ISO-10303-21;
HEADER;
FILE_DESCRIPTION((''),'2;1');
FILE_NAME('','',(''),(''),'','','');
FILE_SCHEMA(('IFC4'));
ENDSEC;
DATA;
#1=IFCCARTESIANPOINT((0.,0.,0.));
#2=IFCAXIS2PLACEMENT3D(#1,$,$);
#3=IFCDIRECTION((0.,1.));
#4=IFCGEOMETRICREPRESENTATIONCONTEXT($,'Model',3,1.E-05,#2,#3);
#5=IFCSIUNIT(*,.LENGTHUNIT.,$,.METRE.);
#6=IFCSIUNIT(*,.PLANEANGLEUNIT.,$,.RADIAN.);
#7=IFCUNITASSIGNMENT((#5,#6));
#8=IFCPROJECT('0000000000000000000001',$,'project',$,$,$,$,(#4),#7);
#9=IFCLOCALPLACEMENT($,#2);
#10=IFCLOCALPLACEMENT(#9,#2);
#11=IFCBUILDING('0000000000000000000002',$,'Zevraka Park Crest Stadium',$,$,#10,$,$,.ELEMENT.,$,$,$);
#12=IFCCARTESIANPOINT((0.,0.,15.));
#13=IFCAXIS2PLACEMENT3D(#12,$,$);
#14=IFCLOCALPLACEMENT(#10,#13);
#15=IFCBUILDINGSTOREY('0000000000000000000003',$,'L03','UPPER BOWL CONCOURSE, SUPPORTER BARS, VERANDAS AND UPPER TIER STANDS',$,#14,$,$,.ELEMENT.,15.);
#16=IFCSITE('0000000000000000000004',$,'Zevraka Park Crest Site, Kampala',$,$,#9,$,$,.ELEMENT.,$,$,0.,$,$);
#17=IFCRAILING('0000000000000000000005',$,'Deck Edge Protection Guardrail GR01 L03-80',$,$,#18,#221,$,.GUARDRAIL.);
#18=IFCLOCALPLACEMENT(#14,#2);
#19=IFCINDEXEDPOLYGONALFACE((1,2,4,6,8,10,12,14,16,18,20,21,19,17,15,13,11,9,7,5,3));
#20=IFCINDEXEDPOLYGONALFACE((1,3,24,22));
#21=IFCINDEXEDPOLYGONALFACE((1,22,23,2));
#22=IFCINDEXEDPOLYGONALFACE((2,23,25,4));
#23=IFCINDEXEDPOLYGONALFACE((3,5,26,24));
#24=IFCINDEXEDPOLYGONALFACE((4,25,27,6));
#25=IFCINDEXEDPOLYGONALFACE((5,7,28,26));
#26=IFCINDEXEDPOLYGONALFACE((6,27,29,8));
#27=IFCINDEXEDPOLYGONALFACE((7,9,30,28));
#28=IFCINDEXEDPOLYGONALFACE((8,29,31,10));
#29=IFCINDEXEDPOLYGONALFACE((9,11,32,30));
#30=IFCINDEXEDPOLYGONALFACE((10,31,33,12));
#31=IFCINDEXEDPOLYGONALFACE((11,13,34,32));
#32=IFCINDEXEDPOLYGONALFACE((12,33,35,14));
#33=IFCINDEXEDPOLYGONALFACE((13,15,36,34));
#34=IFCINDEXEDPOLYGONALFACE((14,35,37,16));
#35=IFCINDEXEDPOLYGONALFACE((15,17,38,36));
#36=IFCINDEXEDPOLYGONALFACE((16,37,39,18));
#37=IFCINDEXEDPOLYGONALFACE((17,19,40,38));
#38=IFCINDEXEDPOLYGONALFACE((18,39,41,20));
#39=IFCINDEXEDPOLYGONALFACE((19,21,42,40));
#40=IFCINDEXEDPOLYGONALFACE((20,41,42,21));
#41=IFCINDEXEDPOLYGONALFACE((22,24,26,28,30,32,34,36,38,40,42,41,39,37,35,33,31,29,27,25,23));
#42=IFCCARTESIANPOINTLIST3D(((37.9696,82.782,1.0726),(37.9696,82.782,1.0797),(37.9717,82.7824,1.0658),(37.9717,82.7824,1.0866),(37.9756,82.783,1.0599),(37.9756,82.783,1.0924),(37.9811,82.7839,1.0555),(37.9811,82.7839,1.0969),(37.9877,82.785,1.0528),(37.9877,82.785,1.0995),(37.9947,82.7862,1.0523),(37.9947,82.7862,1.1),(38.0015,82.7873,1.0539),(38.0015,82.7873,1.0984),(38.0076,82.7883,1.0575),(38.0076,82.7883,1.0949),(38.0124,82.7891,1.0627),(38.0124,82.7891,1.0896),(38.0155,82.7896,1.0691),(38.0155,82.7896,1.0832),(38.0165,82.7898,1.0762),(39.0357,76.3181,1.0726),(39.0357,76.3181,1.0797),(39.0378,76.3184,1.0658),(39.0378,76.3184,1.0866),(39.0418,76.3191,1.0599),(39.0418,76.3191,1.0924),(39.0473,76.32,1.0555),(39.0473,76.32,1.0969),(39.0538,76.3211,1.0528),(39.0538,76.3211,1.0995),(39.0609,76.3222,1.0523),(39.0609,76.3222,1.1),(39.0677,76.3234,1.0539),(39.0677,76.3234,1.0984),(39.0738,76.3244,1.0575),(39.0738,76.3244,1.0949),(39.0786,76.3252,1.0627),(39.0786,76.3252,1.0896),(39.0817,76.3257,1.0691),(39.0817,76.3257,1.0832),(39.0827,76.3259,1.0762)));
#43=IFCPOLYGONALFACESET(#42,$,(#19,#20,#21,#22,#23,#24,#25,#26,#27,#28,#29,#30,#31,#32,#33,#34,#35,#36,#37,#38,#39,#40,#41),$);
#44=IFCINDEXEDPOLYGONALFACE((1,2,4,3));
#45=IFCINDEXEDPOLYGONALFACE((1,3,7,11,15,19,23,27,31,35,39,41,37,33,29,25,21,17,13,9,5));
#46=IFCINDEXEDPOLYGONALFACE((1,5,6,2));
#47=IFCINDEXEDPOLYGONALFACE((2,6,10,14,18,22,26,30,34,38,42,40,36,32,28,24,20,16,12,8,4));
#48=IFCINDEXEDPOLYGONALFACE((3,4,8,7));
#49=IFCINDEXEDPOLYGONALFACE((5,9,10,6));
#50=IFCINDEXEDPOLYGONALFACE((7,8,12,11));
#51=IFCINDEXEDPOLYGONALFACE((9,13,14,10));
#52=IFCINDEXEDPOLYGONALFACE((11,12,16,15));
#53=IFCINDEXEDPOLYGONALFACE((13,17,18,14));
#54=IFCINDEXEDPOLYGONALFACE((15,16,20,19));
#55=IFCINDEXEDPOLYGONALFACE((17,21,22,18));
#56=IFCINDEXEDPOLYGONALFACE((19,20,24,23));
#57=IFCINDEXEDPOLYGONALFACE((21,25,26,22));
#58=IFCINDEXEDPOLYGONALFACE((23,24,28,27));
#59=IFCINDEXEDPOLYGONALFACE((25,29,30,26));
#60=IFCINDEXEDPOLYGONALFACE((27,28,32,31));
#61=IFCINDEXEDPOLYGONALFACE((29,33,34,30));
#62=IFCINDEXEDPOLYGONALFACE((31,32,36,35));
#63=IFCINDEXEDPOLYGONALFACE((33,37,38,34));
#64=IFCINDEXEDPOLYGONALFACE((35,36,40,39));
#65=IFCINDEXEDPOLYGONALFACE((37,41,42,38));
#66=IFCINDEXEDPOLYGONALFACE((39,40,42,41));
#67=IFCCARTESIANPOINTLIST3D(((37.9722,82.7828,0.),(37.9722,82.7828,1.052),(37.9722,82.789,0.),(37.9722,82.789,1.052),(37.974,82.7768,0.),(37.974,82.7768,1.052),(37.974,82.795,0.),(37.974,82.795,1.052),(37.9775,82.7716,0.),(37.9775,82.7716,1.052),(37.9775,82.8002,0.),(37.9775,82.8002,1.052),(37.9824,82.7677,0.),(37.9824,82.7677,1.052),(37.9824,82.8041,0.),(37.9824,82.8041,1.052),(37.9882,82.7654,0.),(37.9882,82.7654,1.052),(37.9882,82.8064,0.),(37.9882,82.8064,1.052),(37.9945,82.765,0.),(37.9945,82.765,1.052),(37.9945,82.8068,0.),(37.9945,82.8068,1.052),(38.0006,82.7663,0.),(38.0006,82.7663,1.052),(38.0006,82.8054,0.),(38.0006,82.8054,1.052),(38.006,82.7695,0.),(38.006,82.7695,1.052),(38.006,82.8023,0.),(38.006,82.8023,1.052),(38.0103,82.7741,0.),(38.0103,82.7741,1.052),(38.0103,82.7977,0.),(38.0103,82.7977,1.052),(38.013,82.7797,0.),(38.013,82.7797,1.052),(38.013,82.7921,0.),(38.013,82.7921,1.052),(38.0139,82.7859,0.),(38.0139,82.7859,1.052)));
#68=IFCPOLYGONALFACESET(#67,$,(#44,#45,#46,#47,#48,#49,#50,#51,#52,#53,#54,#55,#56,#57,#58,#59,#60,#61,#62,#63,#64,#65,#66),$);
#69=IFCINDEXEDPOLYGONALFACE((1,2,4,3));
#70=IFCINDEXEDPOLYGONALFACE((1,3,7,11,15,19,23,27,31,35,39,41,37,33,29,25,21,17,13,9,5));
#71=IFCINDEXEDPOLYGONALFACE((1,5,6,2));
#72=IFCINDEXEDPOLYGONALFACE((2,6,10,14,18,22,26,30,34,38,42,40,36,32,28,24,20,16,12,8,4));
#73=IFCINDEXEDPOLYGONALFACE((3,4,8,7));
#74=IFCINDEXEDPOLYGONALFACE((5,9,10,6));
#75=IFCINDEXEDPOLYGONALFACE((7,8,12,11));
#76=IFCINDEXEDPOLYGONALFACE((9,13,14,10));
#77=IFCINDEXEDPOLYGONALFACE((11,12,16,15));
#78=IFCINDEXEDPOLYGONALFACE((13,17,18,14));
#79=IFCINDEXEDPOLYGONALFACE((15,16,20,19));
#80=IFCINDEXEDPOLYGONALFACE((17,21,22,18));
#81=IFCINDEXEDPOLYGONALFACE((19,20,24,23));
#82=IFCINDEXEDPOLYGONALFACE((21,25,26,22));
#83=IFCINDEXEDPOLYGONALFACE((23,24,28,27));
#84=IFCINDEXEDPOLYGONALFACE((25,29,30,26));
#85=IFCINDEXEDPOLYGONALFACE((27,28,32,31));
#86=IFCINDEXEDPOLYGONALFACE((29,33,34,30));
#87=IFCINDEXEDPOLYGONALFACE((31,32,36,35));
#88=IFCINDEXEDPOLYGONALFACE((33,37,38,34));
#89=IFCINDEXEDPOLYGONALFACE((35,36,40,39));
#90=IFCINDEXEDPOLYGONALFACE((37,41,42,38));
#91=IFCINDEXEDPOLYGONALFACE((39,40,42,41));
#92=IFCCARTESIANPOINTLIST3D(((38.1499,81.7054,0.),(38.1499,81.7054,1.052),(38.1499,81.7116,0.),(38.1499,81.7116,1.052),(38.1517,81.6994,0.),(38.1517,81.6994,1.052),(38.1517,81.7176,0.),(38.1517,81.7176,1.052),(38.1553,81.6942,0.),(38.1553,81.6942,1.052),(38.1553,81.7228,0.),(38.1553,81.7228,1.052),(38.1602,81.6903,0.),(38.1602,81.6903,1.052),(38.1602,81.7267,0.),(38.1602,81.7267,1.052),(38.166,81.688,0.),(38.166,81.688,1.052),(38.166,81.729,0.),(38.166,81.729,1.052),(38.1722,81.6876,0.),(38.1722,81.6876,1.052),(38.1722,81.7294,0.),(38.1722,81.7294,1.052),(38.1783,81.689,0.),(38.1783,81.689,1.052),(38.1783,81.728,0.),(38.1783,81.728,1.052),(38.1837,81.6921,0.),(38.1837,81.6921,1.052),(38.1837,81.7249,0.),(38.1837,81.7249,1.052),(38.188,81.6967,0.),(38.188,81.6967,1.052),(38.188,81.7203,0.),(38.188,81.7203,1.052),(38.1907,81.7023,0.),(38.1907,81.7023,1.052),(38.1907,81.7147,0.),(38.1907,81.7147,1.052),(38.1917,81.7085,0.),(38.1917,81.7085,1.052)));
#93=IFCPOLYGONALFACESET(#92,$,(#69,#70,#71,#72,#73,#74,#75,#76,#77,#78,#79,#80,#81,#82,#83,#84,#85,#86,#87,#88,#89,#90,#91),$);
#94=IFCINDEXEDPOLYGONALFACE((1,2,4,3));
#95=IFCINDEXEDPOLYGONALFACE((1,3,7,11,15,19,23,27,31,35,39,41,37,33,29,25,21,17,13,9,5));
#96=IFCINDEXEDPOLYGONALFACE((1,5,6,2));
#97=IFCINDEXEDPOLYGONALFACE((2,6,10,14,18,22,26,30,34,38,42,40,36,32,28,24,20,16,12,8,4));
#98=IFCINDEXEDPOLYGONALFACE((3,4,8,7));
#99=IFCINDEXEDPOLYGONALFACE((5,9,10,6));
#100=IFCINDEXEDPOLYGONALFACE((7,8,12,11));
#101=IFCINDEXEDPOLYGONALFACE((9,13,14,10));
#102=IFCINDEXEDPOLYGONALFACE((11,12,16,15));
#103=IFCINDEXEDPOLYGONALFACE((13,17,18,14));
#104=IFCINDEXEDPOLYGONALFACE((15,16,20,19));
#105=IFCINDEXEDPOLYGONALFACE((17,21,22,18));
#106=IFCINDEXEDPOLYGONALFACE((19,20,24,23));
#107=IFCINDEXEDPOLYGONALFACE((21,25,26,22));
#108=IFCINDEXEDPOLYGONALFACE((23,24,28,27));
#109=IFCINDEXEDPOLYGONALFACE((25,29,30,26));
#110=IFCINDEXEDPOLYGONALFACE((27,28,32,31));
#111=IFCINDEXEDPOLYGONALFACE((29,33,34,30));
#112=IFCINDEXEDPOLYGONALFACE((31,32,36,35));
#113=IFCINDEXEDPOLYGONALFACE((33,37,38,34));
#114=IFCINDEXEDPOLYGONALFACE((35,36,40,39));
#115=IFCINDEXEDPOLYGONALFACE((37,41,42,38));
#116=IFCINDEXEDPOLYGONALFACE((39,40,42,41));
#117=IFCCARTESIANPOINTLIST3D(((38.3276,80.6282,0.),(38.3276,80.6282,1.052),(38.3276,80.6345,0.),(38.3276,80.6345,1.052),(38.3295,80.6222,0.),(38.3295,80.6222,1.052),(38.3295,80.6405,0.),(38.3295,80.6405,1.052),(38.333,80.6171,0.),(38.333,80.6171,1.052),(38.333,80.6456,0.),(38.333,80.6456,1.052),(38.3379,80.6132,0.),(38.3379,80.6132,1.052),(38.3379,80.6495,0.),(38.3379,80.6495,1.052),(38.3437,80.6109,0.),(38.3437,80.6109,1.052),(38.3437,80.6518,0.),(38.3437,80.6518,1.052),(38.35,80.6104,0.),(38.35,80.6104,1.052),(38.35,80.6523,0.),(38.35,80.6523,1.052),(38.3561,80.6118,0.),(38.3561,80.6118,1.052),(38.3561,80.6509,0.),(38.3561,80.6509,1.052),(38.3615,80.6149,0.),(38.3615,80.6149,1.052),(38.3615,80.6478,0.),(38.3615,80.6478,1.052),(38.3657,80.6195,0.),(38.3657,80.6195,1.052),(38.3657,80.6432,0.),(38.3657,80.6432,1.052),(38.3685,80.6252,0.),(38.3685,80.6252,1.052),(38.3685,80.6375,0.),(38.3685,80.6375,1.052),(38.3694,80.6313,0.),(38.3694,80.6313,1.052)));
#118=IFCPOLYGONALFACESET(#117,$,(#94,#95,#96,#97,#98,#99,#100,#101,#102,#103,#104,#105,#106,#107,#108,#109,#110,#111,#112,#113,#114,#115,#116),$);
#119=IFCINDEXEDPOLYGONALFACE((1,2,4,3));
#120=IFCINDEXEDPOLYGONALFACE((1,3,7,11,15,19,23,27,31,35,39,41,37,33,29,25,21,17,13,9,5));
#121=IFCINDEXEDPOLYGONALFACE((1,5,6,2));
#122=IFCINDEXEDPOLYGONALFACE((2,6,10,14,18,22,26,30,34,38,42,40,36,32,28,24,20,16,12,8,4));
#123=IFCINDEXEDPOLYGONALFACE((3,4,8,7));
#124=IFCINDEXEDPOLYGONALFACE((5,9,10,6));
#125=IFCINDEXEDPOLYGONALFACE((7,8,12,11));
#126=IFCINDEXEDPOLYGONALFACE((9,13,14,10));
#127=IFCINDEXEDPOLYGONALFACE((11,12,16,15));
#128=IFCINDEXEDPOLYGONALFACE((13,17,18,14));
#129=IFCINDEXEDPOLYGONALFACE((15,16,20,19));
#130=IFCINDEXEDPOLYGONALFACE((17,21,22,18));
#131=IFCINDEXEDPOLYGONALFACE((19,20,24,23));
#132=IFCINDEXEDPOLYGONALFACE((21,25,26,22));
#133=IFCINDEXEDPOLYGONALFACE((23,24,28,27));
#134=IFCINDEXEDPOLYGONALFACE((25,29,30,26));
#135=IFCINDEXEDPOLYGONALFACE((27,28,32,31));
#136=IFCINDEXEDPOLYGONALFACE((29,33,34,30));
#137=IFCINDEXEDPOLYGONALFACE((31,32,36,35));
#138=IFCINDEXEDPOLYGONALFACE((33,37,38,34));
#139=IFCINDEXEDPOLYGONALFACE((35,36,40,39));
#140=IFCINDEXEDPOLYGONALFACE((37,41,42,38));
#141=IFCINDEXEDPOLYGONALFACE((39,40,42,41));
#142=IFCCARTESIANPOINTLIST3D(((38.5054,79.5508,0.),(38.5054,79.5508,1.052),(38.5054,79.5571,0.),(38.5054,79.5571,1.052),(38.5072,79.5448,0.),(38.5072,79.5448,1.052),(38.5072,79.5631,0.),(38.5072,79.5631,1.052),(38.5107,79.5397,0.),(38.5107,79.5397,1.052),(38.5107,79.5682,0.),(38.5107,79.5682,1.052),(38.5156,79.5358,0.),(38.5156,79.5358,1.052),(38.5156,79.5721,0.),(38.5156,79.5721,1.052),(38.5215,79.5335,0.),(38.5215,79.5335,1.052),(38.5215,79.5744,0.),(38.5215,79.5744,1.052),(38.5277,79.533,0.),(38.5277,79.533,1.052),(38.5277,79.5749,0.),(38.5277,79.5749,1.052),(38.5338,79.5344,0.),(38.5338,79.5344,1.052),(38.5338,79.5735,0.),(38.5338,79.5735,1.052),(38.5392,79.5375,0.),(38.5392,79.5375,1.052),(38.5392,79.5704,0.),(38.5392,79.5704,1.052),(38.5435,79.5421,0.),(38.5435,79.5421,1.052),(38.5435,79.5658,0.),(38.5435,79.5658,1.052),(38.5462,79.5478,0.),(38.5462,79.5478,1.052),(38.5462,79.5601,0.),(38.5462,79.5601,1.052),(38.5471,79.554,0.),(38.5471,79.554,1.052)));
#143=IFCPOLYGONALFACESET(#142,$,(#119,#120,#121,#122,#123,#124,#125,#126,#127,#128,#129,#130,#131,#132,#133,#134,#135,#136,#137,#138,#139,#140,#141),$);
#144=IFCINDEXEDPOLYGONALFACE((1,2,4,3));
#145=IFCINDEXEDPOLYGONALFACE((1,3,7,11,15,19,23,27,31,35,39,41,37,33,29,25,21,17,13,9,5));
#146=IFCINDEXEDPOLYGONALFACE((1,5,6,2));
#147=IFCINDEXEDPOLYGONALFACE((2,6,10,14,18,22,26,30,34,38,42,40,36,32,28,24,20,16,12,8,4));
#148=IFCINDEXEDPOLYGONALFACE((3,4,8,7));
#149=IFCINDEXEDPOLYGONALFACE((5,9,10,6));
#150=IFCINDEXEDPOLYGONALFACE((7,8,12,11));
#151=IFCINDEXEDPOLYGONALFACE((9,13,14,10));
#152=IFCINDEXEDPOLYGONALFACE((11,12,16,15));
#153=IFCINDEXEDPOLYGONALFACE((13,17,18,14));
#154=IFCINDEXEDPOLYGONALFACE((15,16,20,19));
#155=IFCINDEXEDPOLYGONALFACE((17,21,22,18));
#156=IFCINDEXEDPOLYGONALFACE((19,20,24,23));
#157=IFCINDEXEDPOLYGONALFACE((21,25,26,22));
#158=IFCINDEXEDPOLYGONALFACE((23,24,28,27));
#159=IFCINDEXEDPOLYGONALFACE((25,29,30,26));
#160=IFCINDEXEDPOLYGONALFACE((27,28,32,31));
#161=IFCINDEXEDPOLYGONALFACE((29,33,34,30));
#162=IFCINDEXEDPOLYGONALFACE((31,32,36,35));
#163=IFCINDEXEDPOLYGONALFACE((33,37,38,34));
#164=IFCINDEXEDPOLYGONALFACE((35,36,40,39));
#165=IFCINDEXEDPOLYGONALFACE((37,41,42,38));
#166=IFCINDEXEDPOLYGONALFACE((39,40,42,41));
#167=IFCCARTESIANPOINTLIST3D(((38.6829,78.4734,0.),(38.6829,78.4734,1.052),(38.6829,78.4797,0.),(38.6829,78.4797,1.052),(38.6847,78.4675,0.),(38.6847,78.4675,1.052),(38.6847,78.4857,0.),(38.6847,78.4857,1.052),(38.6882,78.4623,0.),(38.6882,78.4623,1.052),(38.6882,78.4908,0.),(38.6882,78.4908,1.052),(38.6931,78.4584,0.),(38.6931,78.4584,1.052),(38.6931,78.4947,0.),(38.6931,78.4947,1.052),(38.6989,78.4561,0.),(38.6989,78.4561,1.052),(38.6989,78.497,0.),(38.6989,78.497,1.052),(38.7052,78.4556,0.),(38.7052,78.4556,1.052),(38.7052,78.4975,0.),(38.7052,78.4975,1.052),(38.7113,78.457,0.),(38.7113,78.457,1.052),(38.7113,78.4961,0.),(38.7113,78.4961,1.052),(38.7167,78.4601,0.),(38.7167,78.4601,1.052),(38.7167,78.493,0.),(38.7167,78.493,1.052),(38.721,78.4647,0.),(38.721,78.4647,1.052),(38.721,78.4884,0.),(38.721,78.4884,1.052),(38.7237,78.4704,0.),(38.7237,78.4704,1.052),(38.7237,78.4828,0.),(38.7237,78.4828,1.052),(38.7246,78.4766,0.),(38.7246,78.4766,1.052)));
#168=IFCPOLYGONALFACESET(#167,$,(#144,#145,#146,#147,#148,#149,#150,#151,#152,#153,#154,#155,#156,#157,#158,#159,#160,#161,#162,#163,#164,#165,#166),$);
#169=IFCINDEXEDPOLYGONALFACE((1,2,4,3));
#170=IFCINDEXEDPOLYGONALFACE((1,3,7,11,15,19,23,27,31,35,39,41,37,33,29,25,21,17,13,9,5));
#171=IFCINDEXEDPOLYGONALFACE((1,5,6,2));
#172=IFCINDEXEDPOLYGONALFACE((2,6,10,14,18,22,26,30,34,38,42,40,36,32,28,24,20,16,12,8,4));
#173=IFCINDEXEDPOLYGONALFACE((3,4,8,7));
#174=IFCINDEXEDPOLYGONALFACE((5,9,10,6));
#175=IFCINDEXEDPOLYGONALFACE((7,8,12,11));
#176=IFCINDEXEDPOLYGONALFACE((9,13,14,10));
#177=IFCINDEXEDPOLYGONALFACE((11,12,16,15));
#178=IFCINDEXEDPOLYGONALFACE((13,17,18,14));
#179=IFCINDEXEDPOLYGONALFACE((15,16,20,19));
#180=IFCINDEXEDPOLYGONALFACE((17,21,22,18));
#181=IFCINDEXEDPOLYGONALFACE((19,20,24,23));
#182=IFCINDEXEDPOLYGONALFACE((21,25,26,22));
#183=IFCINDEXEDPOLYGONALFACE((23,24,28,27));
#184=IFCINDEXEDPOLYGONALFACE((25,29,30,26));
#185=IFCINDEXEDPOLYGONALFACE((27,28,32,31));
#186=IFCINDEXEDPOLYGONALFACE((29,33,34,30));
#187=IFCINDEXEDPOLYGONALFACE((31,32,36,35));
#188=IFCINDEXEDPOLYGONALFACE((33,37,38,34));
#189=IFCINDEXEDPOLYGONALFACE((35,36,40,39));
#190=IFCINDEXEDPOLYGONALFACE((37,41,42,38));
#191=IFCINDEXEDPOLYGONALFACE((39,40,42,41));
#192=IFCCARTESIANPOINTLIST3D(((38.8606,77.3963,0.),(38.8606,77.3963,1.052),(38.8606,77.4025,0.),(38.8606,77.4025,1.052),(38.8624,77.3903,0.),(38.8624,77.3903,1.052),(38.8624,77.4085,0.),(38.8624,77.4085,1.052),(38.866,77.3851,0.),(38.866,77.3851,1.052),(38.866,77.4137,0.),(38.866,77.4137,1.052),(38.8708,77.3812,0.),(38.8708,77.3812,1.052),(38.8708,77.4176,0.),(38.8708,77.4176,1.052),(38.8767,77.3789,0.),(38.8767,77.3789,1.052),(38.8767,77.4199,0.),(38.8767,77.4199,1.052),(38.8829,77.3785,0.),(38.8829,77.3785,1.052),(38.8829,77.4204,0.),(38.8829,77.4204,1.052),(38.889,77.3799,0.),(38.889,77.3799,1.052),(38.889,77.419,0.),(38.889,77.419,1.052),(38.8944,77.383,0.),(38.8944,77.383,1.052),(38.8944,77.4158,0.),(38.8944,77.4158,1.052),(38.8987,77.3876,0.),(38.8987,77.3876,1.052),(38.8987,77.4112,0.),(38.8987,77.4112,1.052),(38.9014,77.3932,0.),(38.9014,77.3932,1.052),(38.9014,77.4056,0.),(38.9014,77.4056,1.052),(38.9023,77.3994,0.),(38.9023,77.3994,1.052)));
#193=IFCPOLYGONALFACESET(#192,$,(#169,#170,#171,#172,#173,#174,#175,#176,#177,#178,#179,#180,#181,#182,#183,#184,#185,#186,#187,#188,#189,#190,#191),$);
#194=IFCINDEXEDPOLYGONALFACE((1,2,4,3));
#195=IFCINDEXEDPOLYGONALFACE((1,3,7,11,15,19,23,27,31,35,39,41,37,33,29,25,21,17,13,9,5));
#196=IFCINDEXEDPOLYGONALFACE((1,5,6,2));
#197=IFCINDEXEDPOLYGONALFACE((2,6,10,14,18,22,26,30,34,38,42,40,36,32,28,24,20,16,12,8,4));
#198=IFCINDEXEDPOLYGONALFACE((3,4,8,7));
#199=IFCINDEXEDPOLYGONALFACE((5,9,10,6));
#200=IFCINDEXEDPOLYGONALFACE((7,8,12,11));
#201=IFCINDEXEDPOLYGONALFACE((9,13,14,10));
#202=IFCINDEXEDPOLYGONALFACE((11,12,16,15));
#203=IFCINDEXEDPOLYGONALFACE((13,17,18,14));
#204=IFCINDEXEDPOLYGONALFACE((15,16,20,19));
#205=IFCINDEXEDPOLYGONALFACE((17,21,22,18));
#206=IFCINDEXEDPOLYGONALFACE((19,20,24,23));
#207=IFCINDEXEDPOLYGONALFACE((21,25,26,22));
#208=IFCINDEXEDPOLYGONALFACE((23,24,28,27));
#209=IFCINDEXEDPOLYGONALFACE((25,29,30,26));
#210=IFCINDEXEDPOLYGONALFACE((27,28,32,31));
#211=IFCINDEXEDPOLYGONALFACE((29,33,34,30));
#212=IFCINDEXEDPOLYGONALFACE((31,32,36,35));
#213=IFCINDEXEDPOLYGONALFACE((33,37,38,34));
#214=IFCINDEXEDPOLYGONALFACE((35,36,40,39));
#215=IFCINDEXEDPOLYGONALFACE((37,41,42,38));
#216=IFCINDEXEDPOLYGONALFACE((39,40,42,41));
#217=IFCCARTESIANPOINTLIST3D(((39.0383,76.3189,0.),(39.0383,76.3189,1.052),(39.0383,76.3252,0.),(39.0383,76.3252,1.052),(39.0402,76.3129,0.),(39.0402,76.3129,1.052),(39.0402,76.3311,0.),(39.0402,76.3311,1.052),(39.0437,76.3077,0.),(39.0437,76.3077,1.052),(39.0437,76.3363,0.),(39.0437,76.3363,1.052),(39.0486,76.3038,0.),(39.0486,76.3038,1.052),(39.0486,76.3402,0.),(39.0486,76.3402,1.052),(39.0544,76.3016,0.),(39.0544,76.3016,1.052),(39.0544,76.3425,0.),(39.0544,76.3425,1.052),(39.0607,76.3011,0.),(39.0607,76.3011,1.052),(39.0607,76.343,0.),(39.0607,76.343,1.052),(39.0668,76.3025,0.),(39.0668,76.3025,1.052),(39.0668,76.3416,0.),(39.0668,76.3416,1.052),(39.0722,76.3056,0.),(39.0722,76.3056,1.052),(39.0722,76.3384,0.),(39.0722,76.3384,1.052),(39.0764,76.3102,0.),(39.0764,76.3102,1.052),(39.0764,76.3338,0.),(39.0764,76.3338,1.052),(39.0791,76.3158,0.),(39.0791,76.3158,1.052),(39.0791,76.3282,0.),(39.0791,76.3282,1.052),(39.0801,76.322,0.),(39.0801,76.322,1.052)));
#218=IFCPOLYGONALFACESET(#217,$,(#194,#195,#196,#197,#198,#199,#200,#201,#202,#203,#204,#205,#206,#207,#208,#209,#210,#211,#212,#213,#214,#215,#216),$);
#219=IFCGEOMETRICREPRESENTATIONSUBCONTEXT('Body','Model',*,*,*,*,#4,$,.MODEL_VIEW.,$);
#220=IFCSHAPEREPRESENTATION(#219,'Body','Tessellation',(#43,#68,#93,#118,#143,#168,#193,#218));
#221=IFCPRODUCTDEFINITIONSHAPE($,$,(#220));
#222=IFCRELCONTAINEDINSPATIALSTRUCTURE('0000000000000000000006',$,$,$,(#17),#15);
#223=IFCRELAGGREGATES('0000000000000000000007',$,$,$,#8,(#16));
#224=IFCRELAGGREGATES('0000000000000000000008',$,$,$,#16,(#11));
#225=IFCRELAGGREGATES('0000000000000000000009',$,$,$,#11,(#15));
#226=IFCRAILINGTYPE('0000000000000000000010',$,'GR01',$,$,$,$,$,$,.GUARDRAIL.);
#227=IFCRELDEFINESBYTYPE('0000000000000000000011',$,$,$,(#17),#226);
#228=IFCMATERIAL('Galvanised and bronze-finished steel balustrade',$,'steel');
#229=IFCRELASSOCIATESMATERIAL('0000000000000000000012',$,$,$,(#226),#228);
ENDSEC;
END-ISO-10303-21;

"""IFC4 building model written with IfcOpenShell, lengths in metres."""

from ifc_helpers import new_model, si_unit, direction, frame, origin, origin_2d, place, context, subcontext, project, spatial, circle, extrude, material, type_object, element, save


model = new_model("IFC4")

# Units and contexts
model_context = context("Model", 3, precision=1e-05, world=origin(), true_north=direction((0.0, 1.0)))
body_context = subcontext(model_context, "Body", "Model", "MODEL_VIEW")
ifc_project = project(units=[si_unit("LENGTHUNIT", "METRE"), si_unit("PLANEANGLEUNIT", "RADIAN")], contexts=[model_context])

# Site, building, storey
site_placement = place(None, origin())
site = spatial("IfcSite", under=ifc_project, at=site_placement, Name="Zevraka Park Crest Site, Kampala", CompositionType="ELEMENT", RefElevation=0.0)
building_placement = place(site_placement, origin())
building = spatial("IfcBuilding", under=site, at=building_placement, Name="Zevraka Park Crest Stadium", CompositionType="ELEMENT")
storey_placement = place(building_placement, frame((0.0, 0.0, 15.0)))
storey = spatial("IfcBuildingStorey", under=building, at=storey_placement, Name="L03", Description="UPPER BOWL CONCOURSE, SUPPORTER BARS, VERANDAS AND UPPER TIER STANDS", CompositionType="ELEMENT", Elevation=15.0)

# Railing
ifc_material_1 = material(Name="Galvanised and bronze-finished steel balustrade", Category="steel")
railing_type_1 = type_object("IfcRailingType", Name="GR01", PredefinedType="GUARDRAIL", material=ifc_material_1)
railing_1_placement = place(storey_placement, frame((37.9929, 82.7859, 0.0)))
element("IfcRailing", 1, at=railing_1_placement, inside=storey, type_object=railing_type_1, Name="Deck Edge Protection Guardrail GR01 L03-80", PredefinedType="GUARDRAIL", context=body_context, shape_type="SweptSolid", body=[
    extrude(circle(Radius=0.0239, at=origin_2d()), frame((0.0, 0.0, 1.0762), z_axis=(0.162743, -0.986669, 0.0), x_axis=(0.986669, 0.162743, 0.0)), (0.0, 0.0, 1.0), 6.5513),
    extrude(circle(Radius=0.021, at=origin_2d()), origin(), (0.0, 0.0, 1.0), 1.052),
    extrude(circle(Radius=0.021, at=origin_2d()), frame((0.1777, -1.0774, 0.0)), (0.0, 0.0, 1.0), 1.052),
    extrude(circle(Radius=0.021, at=origin_2d()), frame((0.3555, -2.1545, 0.0)), (0.0, 0.0, 1.0), 1.052),
    extrude(circle(Radius=0.021, at=origin_2d()), frame((0.5332, -3.2319, 0.0)), (0.0, 0.0, 1.0), 1.052),
    extrude(circle(Radius=0.021, at=origin_2d()), frame((0.7107, -4.3093, 0.0)), (0.0, 0.0, 1.0), 1.052),
    extrude(circle(Radius=0.021, at=origin_2d()), frame((0.8884, -5.3865, 0.0)), (0.0, 0.0, 1.0), 1.052),
    extrude(circle(Radius=0.021, at=origin_2d()), frame((1.0662, -6.4639, 0.0)), (0.0, 0.0, 1.0), 1.052),
])

save(model, "model.ifc")
